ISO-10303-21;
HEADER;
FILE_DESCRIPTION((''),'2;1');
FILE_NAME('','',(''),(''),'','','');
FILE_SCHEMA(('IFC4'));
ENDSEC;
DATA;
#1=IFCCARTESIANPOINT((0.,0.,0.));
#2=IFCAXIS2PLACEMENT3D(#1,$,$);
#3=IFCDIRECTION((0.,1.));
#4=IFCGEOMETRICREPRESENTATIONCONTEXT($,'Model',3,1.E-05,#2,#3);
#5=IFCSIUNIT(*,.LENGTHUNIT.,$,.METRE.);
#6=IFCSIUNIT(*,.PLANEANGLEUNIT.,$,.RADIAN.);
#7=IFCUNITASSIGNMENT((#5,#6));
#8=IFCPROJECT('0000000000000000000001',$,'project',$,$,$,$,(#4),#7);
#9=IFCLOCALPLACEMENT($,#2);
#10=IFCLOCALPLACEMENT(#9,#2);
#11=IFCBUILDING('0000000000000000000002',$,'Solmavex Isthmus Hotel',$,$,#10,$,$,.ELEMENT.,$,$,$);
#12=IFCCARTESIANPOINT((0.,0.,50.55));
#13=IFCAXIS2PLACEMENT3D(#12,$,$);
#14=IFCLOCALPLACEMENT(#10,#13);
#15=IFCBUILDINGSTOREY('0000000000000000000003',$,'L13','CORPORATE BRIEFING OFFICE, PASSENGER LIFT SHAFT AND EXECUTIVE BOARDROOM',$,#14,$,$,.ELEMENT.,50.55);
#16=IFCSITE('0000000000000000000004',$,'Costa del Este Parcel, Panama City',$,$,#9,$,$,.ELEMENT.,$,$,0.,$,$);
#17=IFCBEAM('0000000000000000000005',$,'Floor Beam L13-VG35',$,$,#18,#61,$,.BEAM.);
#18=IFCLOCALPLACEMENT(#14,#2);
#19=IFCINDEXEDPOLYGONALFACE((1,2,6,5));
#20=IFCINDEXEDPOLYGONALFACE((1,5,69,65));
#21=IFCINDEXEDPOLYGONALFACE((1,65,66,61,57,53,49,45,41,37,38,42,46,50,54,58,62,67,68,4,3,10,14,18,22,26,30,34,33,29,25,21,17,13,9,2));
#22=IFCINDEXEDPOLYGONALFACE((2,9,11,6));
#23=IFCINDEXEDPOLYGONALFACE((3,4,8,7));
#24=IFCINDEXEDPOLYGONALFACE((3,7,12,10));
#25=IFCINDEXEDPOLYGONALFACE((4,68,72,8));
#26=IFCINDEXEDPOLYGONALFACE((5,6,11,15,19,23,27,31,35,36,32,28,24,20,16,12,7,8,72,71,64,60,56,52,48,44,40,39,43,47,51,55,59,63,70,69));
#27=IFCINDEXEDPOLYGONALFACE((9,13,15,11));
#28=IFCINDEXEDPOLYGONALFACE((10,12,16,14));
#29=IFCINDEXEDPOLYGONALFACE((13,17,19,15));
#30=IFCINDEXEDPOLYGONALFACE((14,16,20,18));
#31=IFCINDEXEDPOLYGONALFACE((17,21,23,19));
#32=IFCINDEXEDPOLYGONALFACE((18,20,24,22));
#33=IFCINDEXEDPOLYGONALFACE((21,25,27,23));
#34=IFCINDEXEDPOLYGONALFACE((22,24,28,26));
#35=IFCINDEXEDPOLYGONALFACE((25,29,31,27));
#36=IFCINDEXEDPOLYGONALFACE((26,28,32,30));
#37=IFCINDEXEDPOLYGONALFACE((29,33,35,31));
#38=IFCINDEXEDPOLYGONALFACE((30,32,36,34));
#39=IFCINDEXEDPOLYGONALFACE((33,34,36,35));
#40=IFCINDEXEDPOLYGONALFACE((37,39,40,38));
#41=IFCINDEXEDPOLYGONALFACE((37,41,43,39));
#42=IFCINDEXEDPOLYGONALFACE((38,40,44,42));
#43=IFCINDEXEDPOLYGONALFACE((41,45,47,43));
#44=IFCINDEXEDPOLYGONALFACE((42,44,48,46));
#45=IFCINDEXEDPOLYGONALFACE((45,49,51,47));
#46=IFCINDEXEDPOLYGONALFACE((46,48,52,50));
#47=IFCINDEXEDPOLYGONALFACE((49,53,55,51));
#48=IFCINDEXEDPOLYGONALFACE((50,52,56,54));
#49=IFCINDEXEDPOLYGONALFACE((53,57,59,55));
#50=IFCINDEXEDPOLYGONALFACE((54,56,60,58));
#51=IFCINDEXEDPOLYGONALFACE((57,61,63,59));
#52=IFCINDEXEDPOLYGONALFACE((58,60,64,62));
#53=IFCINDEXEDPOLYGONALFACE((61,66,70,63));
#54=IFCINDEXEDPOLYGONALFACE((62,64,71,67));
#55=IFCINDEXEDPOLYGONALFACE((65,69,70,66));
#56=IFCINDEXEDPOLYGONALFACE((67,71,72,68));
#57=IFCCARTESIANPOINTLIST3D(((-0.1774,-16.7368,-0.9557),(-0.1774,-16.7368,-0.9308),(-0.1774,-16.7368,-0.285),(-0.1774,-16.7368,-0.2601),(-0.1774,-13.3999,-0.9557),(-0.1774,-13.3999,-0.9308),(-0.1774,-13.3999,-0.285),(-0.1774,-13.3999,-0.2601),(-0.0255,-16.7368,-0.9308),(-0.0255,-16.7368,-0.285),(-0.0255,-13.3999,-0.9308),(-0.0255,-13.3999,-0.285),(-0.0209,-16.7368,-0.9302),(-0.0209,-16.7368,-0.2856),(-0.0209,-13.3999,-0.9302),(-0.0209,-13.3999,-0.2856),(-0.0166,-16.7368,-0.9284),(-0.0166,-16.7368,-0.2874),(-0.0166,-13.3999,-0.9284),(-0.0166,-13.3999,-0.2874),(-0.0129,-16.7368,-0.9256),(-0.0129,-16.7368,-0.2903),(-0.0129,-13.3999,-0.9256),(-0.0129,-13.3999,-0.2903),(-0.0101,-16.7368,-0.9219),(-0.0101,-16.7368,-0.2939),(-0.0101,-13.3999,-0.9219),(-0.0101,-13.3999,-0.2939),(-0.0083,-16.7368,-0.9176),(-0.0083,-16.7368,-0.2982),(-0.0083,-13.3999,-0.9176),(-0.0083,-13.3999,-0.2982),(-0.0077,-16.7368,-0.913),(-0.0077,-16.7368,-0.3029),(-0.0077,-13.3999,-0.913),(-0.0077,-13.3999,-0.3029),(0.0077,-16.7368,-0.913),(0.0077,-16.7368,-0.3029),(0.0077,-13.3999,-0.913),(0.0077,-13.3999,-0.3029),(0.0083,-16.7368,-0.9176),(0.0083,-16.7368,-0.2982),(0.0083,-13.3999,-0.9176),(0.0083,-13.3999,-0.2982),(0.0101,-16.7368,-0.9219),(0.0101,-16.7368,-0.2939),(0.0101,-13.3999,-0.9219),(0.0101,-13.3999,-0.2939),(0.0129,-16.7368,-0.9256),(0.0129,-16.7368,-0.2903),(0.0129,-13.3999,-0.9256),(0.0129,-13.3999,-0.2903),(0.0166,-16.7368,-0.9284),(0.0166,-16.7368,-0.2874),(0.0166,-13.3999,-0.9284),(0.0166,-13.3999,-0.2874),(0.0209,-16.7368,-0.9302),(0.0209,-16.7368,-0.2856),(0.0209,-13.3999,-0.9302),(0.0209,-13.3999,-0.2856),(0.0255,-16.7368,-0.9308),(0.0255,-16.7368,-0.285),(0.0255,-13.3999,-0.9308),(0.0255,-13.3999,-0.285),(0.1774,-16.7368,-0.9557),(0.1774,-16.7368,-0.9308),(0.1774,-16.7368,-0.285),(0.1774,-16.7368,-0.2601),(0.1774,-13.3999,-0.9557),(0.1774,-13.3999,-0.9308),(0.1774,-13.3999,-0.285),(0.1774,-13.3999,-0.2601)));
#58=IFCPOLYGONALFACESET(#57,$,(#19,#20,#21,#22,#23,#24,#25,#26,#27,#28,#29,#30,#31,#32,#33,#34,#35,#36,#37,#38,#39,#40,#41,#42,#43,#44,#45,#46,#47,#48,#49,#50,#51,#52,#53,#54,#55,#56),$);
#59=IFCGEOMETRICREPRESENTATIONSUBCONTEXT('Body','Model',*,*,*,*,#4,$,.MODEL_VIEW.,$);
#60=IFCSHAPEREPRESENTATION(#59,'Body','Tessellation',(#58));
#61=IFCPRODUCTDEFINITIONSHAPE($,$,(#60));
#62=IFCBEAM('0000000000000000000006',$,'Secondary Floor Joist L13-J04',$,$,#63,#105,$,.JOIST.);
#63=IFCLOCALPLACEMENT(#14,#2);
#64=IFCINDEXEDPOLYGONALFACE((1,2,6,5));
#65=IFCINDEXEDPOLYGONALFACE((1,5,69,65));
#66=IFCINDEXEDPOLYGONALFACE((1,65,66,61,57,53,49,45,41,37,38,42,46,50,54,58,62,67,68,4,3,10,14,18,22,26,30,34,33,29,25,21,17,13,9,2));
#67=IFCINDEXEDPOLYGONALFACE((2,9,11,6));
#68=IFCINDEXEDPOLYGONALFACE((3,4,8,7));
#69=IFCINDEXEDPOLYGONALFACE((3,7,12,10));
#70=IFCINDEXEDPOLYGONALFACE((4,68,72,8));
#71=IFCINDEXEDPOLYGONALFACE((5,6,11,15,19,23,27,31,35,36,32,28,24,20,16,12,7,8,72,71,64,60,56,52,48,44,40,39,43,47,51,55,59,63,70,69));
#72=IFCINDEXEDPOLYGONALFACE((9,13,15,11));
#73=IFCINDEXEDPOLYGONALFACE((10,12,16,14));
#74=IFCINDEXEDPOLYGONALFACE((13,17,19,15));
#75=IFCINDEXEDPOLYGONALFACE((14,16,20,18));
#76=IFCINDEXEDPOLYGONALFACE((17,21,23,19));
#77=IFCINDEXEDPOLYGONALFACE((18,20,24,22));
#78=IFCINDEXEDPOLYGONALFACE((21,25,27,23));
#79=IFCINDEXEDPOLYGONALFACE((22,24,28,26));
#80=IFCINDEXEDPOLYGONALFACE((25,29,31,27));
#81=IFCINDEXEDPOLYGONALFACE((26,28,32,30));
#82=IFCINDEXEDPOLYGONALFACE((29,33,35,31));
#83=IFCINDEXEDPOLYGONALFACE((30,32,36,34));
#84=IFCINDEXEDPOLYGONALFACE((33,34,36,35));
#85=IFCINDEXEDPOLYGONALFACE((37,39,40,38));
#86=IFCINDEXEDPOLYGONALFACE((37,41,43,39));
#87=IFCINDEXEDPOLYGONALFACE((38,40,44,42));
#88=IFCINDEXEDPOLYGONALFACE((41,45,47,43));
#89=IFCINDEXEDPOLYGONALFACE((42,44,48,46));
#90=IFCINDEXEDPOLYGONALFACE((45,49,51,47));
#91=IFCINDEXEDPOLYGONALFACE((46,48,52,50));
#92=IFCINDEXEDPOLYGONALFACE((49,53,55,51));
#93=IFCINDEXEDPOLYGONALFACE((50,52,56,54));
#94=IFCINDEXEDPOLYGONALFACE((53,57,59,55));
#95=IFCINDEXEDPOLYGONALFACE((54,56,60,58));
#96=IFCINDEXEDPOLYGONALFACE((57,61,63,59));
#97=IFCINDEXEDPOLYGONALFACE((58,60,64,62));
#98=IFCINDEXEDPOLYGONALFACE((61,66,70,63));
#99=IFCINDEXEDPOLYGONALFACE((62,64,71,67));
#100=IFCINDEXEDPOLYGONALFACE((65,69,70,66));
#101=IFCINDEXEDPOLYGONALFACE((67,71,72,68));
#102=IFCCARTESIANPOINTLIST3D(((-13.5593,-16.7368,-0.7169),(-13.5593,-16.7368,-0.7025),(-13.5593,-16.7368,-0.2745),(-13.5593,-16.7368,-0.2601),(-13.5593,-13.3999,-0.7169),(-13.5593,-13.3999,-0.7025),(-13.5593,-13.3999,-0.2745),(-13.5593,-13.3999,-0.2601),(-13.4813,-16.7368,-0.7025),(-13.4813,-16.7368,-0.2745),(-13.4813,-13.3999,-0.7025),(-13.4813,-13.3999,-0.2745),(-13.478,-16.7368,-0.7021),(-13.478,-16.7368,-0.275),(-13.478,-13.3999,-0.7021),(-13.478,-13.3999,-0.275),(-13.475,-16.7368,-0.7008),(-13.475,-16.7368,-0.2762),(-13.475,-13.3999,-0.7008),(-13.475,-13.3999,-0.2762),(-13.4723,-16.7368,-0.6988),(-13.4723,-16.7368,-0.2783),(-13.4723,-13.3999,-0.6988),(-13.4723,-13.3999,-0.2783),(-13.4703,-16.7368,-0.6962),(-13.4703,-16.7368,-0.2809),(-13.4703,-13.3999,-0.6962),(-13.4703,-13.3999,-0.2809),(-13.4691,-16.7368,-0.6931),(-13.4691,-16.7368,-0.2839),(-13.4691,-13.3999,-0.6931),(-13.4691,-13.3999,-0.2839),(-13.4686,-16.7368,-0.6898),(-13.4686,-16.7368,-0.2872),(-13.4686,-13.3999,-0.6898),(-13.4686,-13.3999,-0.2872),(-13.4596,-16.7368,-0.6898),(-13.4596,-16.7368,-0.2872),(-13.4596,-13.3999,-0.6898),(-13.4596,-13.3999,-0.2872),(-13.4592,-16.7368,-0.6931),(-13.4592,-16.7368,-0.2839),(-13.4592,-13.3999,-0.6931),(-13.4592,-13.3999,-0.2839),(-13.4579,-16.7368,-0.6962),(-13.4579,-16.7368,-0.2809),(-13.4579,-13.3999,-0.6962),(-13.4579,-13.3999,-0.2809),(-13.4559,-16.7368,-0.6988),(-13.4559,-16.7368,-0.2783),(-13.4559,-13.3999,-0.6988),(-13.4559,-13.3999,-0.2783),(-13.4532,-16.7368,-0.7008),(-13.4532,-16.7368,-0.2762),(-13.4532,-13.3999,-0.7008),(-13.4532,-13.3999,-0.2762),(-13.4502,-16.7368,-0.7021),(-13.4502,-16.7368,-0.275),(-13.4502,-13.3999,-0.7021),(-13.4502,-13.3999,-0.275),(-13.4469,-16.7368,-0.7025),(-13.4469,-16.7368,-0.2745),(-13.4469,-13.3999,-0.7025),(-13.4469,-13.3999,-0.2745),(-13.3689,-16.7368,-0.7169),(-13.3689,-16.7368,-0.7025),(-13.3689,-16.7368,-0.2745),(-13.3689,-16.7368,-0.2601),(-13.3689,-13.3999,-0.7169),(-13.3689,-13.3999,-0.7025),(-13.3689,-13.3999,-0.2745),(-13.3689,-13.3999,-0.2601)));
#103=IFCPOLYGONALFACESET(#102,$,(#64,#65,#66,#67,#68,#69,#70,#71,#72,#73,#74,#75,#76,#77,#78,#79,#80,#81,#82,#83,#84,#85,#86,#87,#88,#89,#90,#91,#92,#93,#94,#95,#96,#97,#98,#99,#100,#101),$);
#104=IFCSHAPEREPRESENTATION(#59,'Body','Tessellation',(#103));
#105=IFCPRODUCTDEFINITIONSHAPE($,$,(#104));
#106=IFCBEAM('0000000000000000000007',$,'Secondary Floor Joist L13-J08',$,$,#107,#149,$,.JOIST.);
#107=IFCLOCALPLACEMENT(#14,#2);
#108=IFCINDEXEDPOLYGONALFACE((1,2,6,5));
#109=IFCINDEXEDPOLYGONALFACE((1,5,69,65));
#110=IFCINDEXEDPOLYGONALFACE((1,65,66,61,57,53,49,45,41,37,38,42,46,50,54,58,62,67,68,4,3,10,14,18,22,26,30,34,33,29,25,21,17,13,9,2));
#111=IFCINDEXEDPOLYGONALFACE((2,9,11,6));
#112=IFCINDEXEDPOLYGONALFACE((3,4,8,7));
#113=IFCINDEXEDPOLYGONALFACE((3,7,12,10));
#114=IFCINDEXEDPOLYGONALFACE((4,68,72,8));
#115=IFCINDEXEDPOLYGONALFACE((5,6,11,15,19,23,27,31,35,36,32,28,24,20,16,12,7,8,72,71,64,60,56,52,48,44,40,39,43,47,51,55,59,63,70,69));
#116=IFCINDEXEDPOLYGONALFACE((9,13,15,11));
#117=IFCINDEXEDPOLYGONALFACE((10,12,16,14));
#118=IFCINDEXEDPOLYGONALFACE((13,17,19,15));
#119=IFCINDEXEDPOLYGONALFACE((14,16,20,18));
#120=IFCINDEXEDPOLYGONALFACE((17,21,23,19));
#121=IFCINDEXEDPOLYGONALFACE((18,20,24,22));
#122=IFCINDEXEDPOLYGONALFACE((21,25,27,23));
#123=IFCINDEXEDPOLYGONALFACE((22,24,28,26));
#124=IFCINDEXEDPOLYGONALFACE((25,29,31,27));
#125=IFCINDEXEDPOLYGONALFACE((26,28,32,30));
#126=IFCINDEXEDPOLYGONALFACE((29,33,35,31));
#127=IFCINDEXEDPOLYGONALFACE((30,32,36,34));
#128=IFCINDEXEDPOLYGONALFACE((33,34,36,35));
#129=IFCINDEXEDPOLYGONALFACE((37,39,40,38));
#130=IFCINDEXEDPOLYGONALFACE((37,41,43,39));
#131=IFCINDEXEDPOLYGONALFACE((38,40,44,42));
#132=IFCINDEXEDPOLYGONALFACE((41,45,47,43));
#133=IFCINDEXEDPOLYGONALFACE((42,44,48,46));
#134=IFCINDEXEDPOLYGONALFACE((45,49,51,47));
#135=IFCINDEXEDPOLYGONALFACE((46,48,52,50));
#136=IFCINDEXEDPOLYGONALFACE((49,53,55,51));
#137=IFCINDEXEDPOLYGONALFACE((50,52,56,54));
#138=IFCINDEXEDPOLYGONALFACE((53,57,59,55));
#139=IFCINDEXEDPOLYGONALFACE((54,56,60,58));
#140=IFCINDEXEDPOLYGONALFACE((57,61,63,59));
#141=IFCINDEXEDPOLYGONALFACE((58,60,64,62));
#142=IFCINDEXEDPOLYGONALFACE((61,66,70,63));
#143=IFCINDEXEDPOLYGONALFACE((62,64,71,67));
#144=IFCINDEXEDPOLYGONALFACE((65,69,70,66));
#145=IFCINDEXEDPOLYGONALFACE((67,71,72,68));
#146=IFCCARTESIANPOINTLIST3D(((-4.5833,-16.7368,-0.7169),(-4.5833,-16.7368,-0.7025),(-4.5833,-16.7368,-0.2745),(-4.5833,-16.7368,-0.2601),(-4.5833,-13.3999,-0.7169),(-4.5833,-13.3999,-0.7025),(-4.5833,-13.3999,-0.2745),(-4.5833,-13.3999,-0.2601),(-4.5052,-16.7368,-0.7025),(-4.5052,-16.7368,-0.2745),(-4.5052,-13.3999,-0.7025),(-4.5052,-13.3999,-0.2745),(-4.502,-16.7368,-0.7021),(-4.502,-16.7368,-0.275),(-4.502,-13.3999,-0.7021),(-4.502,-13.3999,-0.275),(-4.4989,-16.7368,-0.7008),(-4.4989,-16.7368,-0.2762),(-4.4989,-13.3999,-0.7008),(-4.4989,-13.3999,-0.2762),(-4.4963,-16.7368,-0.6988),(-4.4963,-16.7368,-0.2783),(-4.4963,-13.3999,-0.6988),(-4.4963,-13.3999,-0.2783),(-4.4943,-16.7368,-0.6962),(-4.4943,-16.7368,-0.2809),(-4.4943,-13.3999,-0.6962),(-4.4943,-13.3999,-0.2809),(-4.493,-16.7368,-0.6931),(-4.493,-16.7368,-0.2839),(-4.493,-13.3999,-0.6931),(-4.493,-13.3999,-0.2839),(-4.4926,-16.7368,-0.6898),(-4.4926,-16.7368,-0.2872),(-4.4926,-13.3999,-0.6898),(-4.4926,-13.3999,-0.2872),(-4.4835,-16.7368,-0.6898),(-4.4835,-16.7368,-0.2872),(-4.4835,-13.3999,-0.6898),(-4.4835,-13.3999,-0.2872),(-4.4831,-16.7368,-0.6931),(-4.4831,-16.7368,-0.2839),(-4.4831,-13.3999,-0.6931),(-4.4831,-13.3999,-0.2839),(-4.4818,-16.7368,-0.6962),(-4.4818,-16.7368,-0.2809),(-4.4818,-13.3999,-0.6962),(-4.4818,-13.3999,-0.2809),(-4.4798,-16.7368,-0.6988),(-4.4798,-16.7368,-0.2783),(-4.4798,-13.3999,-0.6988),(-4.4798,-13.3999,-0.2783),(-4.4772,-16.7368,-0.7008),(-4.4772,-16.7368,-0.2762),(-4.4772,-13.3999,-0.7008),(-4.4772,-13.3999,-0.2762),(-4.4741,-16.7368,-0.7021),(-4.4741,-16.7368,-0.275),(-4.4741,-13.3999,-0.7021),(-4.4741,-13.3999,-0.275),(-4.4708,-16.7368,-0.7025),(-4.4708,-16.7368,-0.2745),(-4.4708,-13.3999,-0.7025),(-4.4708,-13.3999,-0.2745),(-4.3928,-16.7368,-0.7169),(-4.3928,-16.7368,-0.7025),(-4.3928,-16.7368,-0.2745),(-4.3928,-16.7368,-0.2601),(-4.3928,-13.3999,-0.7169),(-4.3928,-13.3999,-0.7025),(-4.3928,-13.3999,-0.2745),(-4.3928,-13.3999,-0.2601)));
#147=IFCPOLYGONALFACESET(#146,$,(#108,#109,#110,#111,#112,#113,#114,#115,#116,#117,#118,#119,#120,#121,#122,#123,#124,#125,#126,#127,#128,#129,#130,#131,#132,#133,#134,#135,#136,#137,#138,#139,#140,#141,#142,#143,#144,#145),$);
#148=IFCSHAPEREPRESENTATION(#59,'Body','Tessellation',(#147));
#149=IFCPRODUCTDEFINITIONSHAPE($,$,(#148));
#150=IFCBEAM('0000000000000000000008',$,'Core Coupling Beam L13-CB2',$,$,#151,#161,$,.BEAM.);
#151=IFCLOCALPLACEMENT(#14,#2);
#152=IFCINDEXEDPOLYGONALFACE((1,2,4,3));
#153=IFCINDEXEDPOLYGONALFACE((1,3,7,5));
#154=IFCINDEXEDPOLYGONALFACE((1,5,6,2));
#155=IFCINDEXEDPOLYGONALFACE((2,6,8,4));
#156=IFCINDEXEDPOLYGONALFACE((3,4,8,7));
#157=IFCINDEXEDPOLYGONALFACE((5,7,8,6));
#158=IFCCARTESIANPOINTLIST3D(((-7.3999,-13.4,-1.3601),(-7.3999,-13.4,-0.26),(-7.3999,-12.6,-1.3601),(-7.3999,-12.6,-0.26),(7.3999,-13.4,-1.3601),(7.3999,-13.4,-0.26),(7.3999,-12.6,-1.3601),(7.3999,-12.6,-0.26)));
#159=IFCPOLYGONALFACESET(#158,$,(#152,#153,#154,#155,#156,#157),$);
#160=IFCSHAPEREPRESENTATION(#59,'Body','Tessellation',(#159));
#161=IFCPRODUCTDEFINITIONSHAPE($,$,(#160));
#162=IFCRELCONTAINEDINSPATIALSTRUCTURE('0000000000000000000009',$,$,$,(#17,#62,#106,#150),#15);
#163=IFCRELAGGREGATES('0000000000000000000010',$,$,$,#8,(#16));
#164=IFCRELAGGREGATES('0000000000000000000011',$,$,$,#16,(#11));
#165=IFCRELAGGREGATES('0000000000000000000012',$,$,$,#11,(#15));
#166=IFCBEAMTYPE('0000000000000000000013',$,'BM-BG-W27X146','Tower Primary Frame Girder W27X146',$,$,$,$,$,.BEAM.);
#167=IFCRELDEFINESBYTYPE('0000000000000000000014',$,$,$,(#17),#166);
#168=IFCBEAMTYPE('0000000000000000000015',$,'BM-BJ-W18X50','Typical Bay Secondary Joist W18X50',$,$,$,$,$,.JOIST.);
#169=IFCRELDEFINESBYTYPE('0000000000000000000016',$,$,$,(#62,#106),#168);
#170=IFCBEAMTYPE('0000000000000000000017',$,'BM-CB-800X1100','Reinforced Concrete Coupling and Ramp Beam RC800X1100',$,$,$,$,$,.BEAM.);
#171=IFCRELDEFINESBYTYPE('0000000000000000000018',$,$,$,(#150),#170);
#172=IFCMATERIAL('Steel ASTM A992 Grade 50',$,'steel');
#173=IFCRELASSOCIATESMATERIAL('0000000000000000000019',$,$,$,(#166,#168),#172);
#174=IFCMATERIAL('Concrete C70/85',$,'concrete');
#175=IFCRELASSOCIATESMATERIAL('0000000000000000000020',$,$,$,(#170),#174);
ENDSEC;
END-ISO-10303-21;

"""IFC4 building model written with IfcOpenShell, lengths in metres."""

from ifc_helpers import new_model, si_unit, direction, frame, origin, origin_2d, place, context, subcontext, project, spatial, rectangle, i_section, extrude, material, material_profile, profile_set, type_object, element, save


model = new_model("IFC4")

# Units and contexts
model_context = context("Model", 3, precision=1e-05, world=origin(), true_north=direction((0.0, 1.0)))
body_context = subcontext(model_context, "Body", "Model", "MODEL_VIEW")
ifc_project = project(units=[si_unit("LENGTHUNIT", "METRE"), si_unit("PLANEANGLEUNIT", "RADIAN")], contexts=[model_context])

# Site, building, storey
site_placement = place(None, origin())
site = spatial("IfcSite", under=ifc_project, at=site_placement, Name="Costa del Este Parcel, Panama City", CompositionType="ELEMENT", RefElevation=0.0)
building_placement = place(site_placement, origin())
building = spatial("IfcBuilding", under=site, at=building_placement, Name="Solmavex Isthmus Hotel", CompositionType="ELEMENT")
storey_placement = place(building_placement, frame((0.0, 0.0, 50.55)))
storey = spatial("IfcBuildingStorey", under=building, at=storey_placement, Name="L13", Description="CORPORATE BRIEFING OFFICE, PASSENGER LIFT SHAFT AND EXECUTIVE BOARDROOM", CompositionType="ELEMENT", Elevation=50.55)

# Shared definitions
ifc_material_1 = material(Name="Concrete C70/85", Category="concrete")

# Beams
ifc_material_2 = material(Name="Steel ASTM A992 Grade 50", Category="steel")
ifc_material_profile_1 = material_profile(ifc_material_2, i_section(OverallWidth=0.3547, OverallDepth=0.6956, WebThickness=0.0154, FlangeThickness=0.0249, FilletRadius=0.0178, at=origin_2d()), Name="W27X146")
ifc_profile_set_1 = profile_set([ifc_material_profile_1], Name="Steel ASTM A992 Grade 50")
beam_type_1 = type_object("IfcBeamType", Name="BM-BG-W27X146", Description="Tower Primary Frame Girder W27X146", PredefinedType="BEAM", material=ifc_profile_set_1)
for number, where, z_axis, x_axis, name in (
    (1, (0.0, -16.7368, -0.6079), (0.0, 1.0, 0.0), (-1.0, 0.0, 0.0), "Floor Beam L13-VG35"),
):
    element("IfcBeam", number, at=place(storey_placement, frame(where, z_axis=z_axis, x_axis=x_axis)), inside=storey, type_object=beam_type_1, Name=name, PredefinedType="BEAM", context=body_context, shape_type="SweptSolid", body=[
        extrude(i_section(OverallWidth=0.3547, OverallDepth=0.6956, WebThickness=0.0154, FlangeThickness=0.0249, FilletRadius=0.0178, at=origin_2d()), origin(), (0.0, 0.0, 1.0), 3.3369),
    ])
ifc_material_profile_2 = material_profile(ifc_material_2, i_section(OverallWidth=0.1904, OverallDepth=0.4568, WebThickness=0.009, FlangeThickness=0.0144, FilletRadius=0.0127, at=origin_2d()), Name="W18X50")
ifc_profile_set_2 = profile_set([ifc_material_profile_2], Name="Steel ASTM A992 Grade 50")
beam_type_2 = type_object("IfcBeamType", Name="BM-BJ-W18X50", Description="Typical Bay Secondary Joist W18X50", PredefinedType="JOIST", material=ifc_profile_set_2)
for number, where, z_axis, x_axis, name in (
    (2, (-13.4641, -16.7368, -0.4885), (0.0, 1.0, 0.0), (-1.0, 0.0, 0.0), "Secondary Floor Joist L13-J04"),
    (3, (-4.488, -16.7368, -0.4885), (0.0, 1.0, 0.0), (-1.0, 0.0, 0.0), "Secondary Floor Joist L13-J08"),
):
    element("IfcBeam", number, at=place(storey_placement, frame(where, z_axis=z_axis, x_axis=x_axis)), inside=storey, type_object=beam_type_2, Name=name, PredefinedType="JOIST", context=body_context, shape_type="SweptSolid", body=[
        extrude(i_section(OverallWidth=0.1904, OverallDepth=0.4568, WebThickness=0.009, FlangeThickness=0.0144, FilletRadius=0.0127, at=origin_2d()), origin(), (0.0, 0.0, 1.0), 3.3369),
    ])
ifc_material_profile_3 = material_profile(ifc_material_1, rectangle(XDim=0.8, YDim=1.1001, at=origin_2d()), Name="RC800X1100")
ifc_profile_set_3 = profile_set([ifc_material_profile_3], Name="Concrete C70/85")
beam_type_3 = type_object("IfcBeamType", Name="BM-CB-800X1100", Description="Reinforced Concrete Coupling and Ramp Beam RC800X1100", PredefinedType="BEAM", material=ifc_profile_set_3)
beam_placement = place(storey_placement, frame((-7.3999, -13.0, -0.8101), z_axis=(1.0, 0.0, 0.0), x_axis=(0.0, 1.0, 0.0)))
element("IfcBeam", 4, at=beam_placement, inside=storey, type_object=beam_type_3, Name="Core Coupling Beam L13-CB2", PredefinedType="BEAM", context=body_context, shape_type="SweptSolid", body=[
    extrude(rectangle(XDim=0.8, YDim=1.1001, at=origin_2d()), origin(), (0.0, 0.0, 1.0), 14.7998),
])

save(model, "model.ifc")
